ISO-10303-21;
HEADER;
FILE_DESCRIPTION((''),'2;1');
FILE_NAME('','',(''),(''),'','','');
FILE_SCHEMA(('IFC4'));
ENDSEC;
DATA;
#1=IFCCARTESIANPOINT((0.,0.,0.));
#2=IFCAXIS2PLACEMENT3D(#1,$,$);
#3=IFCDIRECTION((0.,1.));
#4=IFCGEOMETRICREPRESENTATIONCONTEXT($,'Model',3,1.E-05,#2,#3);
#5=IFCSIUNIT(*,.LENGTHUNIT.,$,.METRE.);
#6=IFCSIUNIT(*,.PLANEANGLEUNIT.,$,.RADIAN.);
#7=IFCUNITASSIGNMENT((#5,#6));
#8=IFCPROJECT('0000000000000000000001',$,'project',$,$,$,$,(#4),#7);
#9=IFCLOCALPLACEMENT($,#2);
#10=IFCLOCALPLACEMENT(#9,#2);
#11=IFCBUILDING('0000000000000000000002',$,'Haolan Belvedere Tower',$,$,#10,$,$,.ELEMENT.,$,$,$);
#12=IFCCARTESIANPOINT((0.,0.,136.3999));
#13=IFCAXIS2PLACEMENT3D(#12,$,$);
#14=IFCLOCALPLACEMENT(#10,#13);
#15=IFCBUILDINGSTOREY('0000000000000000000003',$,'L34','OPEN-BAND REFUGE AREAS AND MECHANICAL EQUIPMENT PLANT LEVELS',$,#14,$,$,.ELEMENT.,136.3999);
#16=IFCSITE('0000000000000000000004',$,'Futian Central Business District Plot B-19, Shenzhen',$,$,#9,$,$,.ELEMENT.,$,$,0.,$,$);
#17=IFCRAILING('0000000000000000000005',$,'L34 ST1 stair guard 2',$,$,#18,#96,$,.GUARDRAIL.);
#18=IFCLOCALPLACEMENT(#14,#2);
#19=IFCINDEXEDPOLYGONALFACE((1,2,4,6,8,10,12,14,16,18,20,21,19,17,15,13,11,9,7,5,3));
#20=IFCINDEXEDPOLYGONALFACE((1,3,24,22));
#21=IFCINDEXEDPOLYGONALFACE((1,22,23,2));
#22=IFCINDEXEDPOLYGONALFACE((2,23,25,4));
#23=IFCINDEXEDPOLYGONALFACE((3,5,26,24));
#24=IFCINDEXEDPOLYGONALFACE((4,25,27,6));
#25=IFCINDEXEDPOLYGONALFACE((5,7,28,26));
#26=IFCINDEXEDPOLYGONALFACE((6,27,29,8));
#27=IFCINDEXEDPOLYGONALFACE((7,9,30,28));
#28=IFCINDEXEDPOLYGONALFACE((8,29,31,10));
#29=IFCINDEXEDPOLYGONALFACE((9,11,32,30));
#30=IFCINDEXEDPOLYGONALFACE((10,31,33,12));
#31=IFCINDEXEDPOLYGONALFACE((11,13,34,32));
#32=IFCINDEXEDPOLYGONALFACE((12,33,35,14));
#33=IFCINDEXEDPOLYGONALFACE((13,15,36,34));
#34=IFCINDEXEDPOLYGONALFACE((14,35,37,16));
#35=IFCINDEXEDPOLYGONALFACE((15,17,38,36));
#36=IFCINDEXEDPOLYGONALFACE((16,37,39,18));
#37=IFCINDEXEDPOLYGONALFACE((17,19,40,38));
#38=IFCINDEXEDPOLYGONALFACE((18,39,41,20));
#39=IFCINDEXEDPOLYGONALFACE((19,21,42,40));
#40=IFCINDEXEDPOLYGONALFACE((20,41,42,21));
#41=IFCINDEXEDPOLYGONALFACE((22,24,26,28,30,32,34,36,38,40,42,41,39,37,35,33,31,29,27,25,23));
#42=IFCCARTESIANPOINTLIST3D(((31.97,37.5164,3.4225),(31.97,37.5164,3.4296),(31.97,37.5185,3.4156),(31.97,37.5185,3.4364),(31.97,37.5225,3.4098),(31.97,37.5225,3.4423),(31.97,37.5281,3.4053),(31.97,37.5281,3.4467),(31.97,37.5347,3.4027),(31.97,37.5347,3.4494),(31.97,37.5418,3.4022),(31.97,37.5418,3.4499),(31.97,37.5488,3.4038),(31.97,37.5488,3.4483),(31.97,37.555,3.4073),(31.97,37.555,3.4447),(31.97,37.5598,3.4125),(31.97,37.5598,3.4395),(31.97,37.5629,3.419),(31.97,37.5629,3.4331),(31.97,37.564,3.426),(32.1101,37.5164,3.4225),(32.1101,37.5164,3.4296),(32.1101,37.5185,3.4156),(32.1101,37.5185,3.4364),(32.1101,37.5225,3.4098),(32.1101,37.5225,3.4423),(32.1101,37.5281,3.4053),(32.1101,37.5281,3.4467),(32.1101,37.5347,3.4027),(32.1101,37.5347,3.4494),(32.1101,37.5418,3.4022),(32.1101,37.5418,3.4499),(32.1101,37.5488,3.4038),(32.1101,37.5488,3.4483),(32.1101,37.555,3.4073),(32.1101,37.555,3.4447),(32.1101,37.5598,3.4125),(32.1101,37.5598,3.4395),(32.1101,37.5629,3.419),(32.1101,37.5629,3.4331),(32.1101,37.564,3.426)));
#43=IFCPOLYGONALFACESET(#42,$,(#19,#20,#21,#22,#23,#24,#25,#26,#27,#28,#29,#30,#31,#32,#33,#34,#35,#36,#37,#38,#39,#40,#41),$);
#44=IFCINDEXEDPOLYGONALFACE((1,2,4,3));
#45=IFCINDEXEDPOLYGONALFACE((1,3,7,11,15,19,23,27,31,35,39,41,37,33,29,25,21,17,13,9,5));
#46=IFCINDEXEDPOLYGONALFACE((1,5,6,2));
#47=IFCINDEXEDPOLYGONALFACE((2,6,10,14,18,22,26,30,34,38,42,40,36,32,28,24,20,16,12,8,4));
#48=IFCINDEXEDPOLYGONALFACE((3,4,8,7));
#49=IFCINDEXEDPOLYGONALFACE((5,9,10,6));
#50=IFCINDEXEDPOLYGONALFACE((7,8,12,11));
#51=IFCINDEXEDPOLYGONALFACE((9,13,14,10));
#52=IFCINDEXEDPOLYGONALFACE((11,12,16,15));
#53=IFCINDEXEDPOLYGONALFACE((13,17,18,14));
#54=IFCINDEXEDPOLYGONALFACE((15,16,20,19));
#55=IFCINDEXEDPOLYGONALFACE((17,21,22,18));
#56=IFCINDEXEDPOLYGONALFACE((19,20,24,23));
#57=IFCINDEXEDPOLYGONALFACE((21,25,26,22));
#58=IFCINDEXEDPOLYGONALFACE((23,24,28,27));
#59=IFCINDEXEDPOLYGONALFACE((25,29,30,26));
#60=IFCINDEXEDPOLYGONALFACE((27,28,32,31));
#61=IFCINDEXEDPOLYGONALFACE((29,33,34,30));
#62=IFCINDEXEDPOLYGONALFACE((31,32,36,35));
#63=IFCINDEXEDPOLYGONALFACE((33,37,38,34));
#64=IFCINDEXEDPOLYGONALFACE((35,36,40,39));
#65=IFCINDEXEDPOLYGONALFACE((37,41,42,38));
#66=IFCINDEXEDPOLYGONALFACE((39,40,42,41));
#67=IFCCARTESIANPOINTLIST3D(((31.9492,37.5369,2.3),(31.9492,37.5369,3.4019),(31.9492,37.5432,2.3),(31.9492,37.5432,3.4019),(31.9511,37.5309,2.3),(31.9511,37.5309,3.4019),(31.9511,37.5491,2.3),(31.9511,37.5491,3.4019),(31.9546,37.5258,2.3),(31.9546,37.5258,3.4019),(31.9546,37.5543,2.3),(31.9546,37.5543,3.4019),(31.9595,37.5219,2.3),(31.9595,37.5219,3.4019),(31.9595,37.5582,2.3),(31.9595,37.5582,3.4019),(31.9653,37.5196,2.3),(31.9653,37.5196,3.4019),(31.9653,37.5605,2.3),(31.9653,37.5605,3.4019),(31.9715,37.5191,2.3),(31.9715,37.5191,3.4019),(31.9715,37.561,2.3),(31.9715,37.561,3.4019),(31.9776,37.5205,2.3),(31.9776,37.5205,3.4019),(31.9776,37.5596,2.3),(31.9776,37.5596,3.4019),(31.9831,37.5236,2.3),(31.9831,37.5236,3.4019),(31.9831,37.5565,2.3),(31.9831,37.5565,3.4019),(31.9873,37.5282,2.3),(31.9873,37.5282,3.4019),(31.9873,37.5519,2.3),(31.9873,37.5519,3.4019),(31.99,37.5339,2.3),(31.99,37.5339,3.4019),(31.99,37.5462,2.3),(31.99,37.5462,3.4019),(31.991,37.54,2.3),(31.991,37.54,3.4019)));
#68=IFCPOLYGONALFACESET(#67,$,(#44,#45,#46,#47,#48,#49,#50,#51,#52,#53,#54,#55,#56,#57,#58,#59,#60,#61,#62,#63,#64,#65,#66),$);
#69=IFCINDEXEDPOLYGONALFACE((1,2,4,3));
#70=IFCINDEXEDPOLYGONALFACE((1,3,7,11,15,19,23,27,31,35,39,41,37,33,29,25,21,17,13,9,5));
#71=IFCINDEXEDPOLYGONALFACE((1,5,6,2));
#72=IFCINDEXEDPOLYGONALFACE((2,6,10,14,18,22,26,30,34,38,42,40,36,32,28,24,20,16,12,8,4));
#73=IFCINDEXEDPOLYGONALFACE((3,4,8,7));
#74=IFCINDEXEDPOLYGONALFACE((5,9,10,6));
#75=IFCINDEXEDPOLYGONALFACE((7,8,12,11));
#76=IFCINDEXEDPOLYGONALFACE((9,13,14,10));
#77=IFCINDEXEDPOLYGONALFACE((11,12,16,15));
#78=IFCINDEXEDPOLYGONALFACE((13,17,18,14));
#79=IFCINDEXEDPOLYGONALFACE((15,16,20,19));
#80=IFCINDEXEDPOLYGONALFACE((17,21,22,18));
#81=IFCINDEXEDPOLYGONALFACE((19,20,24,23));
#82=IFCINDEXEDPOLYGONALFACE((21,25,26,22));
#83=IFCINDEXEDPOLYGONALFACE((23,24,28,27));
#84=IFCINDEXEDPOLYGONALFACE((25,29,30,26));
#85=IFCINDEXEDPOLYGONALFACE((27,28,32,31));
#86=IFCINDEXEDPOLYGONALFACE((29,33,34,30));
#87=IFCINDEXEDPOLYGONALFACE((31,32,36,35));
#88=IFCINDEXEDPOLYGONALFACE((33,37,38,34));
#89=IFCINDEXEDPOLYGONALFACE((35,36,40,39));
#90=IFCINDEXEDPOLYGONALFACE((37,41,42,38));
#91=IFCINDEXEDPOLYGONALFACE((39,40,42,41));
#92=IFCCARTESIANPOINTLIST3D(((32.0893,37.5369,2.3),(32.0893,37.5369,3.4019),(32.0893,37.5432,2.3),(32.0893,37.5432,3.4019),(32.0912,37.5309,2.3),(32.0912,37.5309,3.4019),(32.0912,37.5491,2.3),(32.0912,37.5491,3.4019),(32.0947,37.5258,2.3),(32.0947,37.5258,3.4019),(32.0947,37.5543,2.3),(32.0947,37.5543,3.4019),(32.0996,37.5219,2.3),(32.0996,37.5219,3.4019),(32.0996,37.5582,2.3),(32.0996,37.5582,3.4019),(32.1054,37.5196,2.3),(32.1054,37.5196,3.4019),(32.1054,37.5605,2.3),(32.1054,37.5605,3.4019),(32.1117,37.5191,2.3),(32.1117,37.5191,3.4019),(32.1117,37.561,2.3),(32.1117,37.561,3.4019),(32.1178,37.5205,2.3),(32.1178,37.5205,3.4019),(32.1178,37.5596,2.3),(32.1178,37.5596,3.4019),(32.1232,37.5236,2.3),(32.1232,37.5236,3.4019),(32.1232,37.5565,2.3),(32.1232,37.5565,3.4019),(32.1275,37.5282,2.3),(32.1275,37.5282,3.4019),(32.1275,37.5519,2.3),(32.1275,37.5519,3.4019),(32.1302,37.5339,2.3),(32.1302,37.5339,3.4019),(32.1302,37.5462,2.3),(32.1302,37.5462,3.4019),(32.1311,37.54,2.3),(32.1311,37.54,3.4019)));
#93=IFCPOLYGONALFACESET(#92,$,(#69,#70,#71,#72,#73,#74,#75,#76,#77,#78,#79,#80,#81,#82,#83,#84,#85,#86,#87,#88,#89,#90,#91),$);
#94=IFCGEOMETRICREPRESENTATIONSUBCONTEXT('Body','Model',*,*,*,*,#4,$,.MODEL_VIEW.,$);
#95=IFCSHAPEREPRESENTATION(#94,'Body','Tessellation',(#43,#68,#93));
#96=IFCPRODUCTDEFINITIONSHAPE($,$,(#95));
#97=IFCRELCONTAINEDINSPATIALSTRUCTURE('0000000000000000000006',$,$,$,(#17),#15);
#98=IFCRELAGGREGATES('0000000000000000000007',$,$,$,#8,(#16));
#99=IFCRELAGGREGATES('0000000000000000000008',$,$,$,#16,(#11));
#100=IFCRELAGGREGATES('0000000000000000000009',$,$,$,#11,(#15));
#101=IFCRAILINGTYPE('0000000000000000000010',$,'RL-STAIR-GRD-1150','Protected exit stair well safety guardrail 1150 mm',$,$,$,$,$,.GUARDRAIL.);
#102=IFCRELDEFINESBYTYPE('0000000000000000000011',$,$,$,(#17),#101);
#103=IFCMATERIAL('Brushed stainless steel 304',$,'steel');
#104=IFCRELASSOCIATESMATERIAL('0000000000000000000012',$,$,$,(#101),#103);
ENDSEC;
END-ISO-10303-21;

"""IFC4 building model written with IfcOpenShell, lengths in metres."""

from ifc_helpers import new_model, si_unit, direction, frame, origin, origin_2d, place, context, subcontext, project, spatial, circle, extrude, material, type_object, element, save


model = new_model("IFC4")

# Units and contexts
model_context = context("Model", 3, precision=1e-05, world=origin(), true_north=direction((0.0, 1.0)))
body_context = subcontext(model_context, "Body", "Model", "MODEL_VIEW")
ifc_project = project(units=[si_unit("LENGTHUNIT", "METRE"), si_unit("PLANEANGLEUNIT", "RADIAN")], contexts=[model_context])

# Site, building, storey
site_placement = place(None, origin())
site = spatial("IfcSite", under=ifc_project, at=site_placement, Name="Futian Central Business District Plot B-19, Shenzhen", CompositionType="ELEMENT", RefElevation=0.0)
building_placement = place(site_placement, origin())
building = spatial("IfcBuilding", under=site, at=building_placement, Name="Haolan Belvedere Tower", CompositionType="ELEMENT")
storey_placement = place(building_placement, frame((0.0, 0.0, 136.3999)))
storey = spatial("IfcBuildingStorey", under=building, at=storey_placement, Name="L34", Description="OPEN-BAND REFUGE AREAS AND MECHANICAL EQUIPMENT PLANT LEVELS", CompositionType="ELEMENT", Elevation=136.3999)

# Railing
ifc_material_1 = material(Name="Brushed stainless steel 304", Category="steel")
railing_type_1 = type_object("IfcRailingType", Name="RL-STAIR-GRD-1150", Description="Protected exit stair well safety guardrail 1150 mm", PredefinedType="GUARDRAIL", material=ifc_material_1)
railing_1_placement = place(storey_placement, frame((31.97, 37.54, 2.3)))
element("IfcRailing", 1, at=railing_1_placement, inside=storey, type_object=railing_type_1, Name="L34 ST1 stair guard 2", PredefinedType="GUARDRAIL", context=body_context, shape_type="SweptSolid", body=[
    extrude(circle(Radius=0.0239, at=origin_2d()), frame((0.0, 0.0, 1.126), z_axis=(1.0, 0.0, 0.0), x_axis=(0.0, 1.0, 0.0)), (0.0, 0.0, 1.0), 0.1401),
    extrude(circle(Radius=0.021, at=origin_2d()), origin(), (0.0, 0.0, 1.0), 1.1018),
    extrude(circle(Radius=0.021, at=origin_2d()), frame((0.1401, 0.0, 0.0)), (0.0, 0.0, 1.0), 1.1018),
])

save(model, "model.ifc")
